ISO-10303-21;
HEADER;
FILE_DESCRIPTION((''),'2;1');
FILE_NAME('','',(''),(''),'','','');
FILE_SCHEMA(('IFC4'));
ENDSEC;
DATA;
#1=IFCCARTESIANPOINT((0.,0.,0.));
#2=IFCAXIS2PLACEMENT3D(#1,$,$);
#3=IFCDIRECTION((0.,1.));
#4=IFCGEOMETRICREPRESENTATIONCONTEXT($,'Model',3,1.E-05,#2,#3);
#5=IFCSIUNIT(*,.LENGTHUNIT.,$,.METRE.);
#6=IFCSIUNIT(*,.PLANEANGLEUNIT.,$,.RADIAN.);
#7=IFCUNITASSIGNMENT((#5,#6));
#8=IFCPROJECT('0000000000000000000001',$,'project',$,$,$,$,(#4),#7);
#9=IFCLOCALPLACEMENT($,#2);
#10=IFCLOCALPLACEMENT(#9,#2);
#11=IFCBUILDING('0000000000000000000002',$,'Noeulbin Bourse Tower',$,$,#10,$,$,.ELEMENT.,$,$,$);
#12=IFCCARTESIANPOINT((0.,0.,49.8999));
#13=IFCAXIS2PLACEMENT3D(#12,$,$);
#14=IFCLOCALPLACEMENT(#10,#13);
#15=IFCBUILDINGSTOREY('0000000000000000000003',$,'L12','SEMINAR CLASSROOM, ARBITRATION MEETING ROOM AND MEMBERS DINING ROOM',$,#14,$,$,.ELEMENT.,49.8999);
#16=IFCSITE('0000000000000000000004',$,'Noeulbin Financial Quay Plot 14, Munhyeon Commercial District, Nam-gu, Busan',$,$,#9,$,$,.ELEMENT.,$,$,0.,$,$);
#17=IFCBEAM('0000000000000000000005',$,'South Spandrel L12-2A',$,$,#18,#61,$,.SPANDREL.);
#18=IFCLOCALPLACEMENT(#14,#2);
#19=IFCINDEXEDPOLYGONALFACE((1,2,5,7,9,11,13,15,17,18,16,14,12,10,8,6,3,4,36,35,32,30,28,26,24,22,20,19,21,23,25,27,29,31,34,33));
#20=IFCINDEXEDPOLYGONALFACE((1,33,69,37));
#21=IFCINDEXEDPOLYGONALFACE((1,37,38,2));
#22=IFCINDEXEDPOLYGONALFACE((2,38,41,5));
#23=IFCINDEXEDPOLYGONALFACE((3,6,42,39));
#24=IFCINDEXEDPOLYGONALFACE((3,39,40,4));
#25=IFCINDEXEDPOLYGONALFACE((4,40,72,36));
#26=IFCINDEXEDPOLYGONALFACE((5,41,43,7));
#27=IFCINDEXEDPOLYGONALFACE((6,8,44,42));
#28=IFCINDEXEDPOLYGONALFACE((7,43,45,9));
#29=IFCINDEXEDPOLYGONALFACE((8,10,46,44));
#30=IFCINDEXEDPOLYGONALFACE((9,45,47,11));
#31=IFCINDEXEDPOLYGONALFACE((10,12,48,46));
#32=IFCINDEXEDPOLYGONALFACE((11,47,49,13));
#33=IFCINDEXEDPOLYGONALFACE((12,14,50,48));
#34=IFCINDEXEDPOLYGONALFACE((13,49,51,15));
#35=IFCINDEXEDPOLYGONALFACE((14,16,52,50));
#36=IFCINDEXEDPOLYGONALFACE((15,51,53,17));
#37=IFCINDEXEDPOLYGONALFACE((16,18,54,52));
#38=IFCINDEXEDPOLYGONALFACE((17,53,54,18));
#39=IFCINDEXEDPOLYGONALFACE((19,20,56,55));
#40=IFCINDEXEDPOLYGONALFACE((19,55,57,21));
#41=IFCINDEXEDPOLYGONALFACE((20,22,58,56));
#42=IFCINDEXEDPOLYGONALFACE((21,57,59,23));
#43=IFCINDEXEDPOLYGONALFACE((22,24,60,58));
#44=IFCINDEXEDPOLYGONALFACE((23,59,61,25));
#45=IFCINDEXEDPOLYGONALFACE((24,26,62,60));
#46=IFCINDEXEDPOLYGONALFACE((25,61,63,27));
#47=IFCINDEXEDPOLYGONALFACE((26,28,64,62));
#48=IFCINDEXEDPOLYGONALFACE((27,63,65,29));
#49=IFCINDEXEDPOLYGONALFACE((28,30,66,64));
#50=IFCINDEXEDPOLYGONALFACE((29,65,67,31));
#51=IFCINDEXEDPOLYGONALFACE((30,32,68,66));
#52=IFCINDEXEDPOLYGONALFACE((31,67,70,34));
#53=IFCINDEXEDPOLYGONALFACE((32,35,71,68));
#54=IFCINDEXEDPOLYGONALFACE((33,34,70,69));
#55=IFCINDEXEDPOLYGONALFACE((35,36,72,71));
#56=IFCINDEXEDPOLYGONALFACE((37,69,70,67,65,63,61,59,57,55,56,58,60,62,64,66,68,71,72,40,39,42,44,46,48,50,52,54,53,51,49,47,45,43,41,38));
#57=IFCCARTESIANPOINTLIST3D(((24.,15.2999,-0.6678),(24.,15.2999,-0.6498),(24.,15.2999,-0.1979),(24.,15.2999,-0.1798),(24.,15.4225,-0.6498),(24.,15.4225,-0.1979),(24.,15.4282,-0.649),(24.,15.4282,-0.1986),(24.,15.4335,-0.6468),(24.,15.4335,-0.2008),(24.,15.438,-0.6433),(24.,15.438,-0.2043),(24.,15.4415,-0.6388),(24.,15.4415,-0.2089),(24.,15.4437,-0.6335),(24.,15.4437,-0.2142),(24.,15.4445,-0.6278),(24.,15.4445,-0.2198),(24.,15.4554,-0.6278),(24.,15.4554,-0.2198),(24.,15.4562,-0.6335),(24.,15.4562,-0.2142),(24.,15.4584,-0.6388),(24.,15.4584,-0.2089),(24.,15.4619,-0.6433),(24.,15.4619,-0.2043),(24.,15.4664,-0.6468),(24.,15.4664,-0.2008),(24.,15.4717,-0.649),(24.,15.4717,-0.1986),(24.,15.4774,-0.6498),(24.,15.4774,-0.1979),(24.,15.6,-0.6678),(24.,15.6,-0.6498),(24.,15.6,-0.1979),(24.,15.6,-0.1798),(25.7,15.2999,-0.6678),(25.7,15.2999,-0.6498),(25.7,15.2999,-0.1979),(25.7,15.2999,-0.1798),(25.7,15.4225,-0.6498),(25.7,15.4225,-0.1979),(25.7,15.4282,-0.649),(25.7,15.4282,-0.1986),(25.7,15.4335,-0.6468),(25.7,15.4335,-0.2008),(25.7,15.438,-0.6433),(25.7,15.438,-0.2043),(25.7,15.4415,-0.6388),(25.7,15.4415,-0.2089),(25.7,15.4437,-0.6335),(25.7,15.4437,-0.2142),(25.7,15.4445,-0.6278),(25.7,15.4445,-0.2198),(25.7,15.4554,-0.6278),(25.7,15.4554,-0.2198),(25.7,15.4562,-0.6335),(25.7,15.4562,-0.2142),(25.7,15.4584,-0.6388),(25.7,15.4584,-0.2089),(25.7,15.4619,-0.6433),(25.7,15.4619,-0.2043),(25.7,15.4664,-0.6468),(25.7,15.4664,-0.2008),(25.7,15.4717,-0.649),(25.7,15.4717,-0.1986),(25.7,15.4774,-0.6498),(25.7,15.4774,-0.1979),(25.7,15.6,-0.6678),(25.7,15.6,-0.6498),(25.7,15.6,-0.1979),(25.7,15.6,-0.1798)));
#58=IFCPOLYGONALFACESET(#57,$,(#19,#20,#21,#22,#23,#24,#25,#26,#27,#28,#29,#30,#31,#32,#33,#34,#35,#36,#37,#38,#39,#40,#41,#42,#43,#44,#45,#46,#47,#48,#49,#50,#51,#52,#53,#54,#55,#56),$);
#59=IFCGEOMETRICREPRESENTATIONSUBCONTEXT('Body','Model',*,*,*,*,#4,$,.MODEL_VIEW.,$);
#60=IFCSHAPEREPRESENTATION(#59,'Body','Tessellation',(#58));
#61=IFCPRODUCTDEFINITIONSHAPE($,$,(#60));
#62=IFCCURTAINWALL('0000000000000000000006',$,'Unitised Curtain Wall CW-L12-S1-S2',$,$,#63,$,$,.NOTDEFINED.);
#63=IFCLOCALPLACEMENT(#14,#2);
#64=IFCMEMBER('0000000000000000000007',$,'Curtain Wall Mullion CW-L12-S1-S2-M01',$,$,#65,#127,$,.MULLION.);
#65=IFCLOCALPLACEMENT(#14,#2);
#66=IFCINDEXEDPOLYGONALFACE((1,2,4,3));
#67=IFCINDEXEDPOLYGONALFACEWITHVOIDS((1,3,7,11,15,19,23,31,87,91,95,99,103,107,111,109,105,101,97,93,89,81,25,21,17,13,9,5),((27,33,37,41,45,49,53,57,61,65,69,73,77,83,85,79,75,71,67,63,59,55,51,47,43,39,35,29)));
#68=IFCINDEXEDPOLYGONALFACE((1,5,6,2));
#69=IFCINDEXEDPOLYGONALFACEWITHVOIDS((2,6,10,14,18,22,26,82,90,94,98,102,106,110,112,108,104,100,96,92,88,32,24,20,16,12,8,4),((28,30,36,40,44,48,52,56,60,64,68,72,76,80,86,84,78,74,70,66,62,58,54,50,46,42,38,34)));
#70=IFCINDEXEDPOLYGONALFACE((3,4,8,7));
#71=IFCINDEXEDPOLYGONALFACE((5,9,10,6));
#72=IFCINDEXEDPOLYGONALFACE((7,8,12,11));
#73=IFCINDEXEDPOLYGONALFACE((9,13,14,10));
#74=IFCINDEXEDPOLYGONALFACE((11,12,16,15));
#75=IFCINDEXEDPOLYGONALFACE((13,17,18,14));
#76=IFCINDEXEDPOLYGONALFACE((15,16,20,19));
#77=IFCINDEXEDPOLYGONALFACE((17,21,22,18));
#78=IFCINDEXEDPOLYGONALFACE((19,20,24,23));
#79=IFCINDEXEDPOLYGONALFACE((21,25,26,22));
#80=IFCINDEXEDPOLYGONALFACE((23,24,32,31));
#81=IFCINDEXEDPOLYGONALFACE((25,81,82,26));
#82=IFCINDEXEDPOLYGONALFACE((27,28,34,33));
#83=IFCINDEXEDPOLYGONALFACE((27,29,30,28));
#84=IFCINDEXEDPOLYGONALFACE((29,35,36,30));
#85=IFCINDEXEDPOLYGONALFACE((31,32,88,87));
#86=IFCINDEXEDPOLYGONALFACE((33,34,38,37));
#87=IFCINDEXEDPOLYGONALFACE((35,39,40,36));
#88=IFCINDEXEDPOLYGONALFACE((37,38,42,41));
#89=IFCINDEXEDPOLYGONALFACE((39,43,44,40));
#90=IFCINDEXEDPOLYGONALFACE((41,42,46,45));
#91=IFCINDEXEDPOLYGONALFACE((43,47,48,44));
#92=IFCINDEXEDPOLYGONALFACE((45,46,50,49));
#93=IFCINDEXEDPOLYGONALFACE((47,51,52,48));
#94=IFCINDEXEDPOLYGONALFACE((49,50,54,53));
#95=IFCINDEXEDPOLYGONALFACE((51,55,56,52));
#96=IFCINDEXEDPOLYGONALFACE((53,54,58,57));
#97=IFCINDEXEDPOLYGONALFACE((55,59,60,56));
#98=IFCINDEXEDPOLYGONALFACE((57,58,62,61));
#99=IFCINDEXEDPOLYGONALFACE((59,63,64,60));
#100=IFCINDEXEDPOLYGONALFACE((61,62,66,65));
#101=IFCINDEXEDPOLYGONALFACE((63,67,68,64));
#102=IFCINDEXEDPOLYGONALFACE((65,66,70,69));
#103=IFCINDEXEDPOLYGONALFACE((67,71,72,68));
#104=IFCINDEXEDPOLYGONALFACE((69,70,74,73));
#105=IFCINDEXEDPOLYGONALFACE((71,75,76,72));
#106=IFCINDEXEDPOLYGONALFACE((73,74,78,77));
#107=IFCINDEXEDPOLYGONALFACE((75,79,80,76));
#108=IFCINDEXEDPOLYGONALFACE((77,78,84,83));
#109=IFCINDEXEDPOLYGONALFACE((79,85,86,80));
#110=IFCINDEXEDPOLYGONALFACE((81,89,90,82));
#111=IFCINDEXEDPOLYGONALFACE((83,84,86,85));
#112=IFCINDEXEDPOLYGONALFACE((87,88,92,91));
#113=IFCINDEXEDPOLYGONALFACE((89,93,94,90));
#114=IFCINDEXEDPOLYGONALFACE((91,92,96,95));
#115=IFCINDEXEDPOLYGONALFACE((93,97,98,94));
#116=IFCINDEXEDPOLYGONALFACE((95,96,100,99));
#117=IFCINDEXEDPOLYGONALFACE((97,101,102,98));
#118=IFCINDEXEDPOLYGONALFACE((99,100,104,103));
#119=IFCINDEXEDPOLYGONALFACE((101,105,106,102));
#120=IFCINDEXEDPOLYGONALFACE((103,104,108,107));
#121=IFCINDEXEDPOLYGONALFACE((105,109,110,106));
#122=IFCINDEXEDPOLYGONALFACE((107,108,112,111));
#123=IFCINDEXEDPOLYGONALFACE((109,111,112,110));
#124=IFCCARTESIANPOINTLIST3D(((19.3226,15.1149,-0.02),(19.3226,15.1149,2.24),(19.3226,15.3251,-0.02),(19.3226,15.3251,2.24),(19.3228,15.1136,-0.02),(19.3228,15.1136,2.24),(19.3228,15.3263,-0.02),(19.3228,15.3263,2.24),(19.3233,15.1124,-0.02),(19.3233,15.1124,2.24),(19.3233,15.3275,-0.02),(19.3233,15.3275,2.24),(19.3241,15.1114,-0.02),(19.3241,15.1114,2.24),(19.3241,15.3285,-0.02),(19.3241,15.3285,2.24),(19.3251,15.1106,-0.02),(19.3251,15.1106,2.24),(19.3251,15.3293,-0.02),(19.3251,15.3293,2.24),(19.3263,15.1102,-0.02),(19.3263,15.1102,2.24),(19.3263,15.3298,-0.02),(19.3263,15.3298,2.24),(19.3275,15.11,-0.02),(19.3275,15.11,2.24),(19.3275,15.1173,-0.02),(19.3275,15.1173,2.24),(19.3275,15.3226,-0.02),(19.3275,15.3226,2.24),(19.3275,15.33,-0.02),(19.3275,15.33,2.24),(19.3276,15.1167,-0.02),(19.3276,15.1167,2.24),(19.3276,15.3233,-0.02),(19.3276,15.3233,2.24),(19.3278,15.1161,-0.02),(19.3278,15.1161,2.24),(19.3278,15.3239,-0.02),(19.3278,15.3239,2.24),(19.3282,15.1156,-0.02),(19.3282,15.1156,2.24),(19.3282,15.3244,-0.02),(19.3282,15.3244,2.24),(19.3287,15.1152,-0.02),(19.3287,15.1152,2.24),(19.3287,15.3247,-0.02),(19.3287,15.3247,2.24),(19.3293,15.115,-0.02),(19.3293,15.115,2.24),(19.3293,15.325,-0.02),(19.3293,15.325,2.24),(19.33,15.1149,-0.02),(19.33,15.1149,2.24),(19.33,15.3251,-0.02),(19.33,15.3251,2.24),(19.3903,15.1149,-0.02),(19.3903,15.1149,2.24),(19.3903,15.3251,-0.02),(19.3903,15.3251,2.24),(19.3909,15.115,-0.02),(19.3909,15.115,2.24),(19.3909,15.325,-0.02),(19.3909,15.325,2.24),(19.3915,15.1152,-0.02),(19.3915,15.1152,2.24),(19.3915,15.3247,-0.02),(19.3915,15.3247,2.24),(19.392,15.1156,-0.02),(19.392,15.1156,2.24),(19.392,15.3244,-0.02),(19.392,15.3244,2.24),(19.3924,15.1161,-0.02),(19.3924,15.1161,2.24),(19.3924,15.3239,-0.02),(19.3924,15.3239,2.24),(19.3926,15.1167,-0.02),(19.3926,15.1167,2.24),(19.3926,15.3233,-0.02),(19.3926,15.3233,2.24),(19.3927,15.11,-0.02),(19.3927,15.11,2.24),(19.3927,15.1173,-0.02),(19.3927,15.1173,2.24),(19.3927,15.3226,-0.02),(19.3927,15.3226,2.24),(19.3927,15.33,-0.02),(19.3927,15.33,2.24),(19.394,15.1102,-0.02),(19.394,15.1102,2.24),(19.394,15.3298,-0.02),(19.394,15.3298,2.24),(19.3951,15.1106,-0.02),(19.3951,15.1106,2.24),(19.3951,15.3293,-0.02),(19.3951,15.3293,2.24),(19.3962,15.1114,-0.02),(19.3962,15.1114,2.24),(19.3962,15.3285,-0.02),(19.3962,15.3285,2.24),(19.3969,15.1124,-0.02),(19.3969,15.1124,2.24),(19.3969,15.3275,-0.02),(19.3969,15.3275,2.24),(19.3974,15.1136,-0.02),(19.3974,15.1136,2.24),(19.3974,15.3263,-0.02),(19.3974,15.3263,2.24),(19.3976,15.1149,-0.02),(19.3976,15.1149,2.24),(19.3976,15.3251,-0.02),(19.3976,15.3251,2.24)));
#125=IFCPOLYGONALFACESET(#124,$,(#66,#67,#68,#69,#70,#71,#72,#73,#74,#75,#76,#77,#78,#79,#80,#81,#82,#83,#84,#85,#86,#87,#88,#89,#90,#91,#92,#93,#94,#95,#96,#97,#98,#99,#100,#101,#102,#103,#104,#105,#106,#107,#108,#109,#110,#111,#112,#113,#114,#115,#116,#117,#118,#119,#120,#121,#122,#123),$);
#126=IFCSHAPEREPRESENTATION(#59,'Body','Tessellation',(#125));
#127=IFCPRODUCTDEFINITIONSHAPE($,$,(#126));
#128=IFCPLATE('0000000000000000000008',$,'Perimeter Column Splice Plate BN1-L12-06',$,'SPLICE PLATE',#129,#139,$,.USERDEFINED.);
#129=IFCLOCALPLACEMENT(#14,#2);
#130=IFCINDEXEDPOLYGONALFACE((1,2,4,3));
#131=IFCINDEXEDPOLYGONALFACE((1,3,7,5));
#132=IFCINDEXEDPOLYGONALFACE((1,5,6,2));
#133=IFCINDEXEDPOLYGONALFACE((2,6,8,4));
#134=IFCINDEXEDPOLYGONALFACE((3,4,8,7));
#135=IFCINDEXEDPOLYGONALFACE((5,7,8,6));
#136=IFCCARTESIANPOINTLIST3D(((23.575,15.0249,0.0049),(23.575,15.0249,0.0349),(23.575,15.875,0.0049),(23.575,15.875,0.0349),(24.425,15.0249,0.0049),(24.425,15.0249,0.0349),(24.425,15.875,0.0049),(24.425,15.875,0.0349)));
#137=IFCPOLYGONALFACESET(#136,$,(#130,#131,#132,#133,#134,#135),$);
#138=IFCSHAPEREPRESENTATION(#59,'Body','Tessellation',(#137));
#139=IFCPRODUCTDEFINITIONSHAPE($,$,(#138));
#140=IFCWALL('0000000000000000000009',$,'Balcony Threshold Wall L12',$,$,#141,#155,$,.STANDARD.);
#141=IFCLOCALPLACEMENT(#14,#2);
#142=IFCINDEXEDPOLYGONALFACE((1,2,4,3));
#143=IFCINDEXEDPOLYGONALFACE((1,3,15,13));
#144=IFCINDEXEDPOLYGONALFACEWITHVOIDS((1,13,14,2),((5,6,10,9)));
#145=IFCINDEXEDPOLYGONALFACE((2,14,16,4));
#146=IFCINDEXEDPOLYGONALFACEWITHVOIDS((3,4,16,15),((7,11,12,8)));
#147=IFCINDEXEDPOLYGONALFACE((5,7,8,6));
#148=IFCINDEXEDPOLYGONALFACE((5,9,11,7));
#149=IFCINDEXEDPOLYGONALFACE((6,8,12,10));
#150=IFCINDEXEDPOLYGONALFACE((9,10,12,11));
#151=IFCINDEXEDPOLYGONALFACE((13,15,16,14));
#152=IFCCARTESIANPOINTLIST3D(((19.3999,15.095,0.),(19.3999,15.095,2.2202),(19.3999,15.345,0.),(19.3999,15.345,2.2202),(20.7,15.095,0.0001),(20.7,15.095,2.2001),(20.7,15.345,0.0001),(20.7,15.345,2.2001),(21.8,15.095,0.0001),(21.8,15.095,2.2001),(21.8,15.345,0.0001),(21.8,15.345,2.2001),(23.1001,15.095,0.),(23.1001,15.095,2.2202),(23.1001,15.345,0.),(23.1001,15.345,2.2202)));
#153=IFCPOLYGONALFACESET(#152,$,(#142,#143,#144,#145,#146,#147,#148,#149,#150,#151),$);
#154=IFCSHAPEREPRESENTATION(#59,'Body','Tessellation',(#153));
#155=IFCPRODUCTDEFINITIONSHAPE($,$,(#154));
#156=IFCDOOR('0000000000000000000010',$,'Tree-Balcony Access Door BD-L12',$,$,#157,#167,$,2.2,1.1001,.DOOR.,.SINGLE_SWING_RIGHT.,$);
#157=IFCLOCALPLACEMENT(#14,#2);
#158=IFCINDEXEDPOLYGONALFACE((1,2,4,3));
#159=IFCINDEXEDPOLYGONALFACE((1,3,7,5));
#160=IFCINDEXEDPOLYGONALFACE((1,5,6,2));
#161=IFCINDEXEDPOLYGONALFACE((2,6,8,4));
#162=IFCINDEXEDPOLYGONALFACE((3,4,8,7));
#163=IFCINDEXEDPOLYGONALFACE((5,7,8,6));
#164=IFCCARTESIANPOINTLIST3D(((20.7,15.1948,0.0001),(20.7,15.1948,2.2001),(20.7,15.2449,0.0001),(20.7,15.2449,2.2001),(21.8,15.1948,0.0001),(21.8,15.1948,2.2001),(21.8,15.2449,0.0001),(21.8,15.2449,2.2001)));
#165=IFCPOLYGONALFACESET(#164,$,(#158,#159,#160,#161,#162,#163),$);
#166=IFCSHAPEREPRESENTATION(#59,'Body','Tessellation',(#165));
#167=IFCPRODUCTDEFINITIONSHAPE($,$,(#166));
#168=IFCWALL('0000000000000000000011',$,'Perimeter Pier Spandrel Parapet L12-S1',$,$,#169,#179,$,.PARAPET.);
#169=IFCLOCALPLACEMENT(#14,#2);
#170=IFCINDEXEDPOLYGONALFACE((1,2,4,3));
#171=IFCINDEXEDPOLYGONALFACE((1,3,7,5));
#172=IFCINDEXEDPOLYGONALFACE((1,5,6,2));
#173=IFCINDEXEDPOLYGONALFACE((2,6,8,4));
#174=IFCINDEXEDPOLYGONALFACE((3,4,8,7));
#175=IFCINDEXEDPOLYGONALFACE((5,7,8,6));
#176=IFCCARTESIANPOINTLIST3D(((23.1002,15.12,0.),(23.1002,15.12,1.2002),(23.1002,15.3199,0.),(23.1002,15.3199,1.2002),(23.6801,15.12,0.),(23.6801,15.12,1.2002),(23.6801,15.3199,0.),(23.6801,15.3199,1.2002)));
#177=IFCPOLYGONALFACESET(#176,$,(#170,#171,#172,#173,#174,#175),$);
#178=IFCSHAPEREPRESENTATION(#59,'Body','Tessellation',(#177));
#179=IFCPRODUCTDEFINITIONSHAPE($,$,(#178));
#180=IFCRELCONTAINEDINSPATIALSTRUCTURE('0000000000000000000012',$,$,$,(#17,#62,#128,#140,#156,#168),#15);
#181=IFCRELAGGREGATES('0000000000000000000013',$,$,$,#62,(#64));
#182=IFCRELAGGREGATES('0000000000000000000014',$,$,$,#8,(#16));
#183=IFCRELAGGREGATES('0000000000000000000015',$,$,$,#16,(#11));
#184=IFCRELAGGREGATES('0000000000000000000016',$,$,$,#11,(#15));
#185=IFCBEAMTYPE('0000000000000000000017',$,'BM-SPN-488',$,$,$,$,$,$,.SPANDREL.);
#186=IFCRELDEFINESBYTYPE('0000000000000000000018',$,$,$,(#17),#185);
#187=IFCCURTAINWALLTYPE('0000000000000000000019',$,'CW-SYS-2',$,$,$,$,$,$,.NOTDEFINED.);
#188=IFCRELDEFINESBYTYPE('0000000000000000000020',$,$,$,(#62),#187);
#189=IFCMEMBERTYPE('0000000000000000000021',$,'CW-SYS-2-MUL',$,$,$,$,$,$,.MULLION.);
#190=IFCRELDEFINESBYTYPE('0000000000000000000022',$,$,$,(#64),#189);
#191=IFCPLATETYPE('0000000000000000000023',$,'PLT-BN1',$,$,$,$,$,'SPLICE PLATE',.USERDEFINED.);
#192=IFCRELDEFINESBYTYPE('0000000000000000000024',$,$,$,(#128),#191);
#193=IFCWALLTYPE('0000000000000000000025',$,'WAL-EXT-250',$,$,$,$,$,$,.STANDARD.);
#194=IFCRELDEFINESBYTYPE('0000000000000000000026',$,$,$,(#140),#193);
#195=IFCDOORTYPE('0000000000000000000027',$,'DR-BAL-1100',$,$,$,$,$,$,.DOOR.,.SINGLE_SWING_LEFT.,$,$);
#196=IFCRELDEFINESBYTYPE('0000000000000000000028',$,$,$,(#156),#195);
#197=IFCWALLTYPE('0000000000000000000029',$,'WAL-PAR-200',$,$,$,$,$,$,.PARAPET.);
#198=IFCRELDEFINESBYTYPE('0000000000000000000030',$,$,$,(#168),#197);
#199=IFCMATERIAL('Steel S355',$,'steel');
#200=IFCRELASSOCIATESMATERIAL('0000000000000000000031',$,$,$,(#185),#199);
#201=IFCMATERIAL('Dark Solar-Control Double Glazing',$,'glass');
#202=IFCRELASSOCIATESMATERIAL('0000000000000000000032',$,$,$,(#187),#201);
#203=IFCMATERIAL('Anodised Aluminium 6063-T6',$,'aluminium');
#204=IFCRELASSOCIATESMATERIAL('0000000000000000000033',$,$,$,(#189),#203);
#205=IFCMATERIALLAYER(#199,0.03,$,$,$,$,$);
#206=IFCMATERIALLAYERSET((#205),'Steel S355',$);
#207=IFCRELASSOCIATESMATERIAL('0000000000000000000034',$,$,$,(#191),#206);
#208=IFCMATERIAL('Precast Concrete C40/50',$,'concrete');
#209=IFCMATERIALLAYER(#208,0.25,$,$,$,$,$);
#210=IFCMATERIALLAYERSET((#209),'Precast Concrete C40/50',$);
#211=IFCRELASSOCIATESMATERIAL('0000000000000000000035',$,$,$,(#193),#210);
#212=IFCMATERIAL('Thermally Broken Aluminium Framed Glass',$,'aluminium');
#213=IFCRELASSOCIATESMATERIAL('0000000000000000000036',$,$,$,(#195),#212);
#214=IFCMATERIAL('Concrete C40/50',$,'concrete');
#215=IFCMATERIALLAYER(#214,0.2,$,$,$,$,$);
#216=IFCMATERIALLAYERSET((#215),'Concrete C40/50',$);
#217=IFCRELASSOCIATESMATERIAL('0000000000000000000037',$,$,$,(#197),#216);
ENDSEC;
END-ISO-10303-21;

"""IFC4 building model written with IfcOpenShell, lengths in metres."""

from ifc_helpers import new_model, si_unit, direction, frame, frame_2d, origin, origin_2d, place, context, subcontext, project, spatial, rectangle, hollow_rectangle, i_section, extrude, material, layer, layer_set, material_profile, profile_set, type_object, element, fill, aggregate, save


model = new_model("IFC4")

# Units and contexts
model_context = context("Model", 3, precision=1e-05, world=origin(), true_north=direction((0.0, 1.0)))
body_context = subcontext(model_context, "Body", "Model", "MODEL_VIEW")
ifc_project = project(units=[si_unit("LENGTHUNIT", "METRE"), si_unit("PLANEANGLEUNIT", "RADIAN")], contexts=[model_context])

# Site, building, storey
site_placement = place(None, origin())
site = spatial("IfcSite", under=ifc_project, at=site_placement, Name="Noeulbin Financial Quay Plot 14, Munhyeon Commercial District, Nam-gu, Busan", CompositionType="ELEMENT", RefElevation=0.0)
building_placement = place(site_placement, origin())
building = spatial("IfcBuilding", under=site, at=building_placement, Name="Noeulbin Bourse Tower", CompositionType="ELEMENT")
storey_placement = place(building_placement, frame((0.0, 0.0, 49.8999)))
storey = spatial("IfcBuildingStorey", under=building, at=storey_placement, Name="L12", Description="SEMINAR CLASSROOM, ARBITRATION MEETING ROOM AND MEMBERS DINING ROOM", CompositionType="ELEMENT", Elevation=49.8999)

# Beam
ifc_material_1 = material(Name="Steel S355", Category="steel")
ifc_material_profile_1 = material_profile(ifc_material_1, i_section(OverallWidth=0.3, OverallDepth=0.488, WebThickness=0.011, FlangeThickness=0.0181, FilletRadius=0.022, at=origin_2d()), Name="H-488x300x11x18", Category="LoadBearing")
ifc_profile_set_1 = profile_set([ifc_material_profile_1], Name="Steel S355")
beam_type_1 = type_object("IfcBeamType", Name="BM-SPN-488", PredefinedType="SPANDREL", material=ifc_profile_set_1)
beam_1_placement = place(storey_placement, frame((24.0, 15.45, -0.4238), z_axis=(1.0, 0.0, 0.0), x_axis=(0.0, 1.0, 0.0)))
element("IfcBeam", 1, at=beam_1_placement, inside=storey, type_object=beam_type_1, Name="South Spandrel L12-2A", PredefinedType="SPANDREL", context=body_context, shape_type="SweptSolid", body=[
    extrude(i_section(OverallWidth=0.3, OverallDepth=0.488, WebThickness=0.011, FlangeThickness=0.0181, FilletRadius=0.022, at=origin_2d()), origin(), (0.0, 0.0, 1.0), 1.7),
])

# Curtain wall, member
ifc_material_2 = material(Name="Dark Solar-Control Double Glazing", Category="glass")
curtain_wall_type = type_object("IfcCurtainWallType", Name="CW-SYS-2", PredefinedType="NOTDEFINED", material=ifc_material_2)
curtain_wall_placement = place(storey_placement, origin())
curtain_wall = element("IfcCurtainWall", 2, at=curtain_wall_placement, inside=storey, type_object=curtain_wall_type, Name="Unitised Curtain Wall CW-L12-S1-S2", PredefinedType="NOTDEFINED")
ifc_material_3 = material(Name="Anodised Aluminium 6063-T6", Category="aluminium")
ifc_material_profile_2 = material_profile(ifc_material_3, hollow_rectangle(XDim=0.075, YDim=0.22, WallThickness=0.0049, InnerFilletRadius=0.0024, OuterFilletRadius=0.0049, at=origin_2d()), Name="ALU-MULL-75x220x5", Category="LoadBearing")
ifc_profile_set_2 = profile_set([ifc_material_profile_2], Name="Anodised Aluminium 6063-T6")
member_type = type_object("IfcMemberType", Name="CW-SYS-2-MUL", PredefinedType="MULLION", material=ifc_profile_set_2)
member_placement = place(storey_placement, frame((19.3601, 15.22, -0.02), z_axis=(0.0, 0.0, 1.0), x_axis=(1.0, 0.0, 0.0)))
member = element("IfcMember", 3, at=member_placement, type_object=member_type, Name="Curtain Wall Mullion CW-L12-S1-S2-M01", PredefinedType="MULLION", context=body_context, shape_type="SweptSolid", body=[
    extrude(hollow_rectangle(XDim=0.075, YDim=0.22, WallThickness=0.0049, InnerFilletRadius=0.0024, OuterFilletRadius=0.0049, at=origin_2d()), origin(), (0.0, 0.0, 1.0), 2.26),
])
aggregate(curtain_wall, [member])

# Plate
ifc_layer_1 = layer(ifc_material_1, 0.03)
ifc_layer_set_1 = layer_set([ifc_layer_1], Name="Steel S355")
plate_type = type_object("IfcPlateType", Name="PLT-BN1", ElementType="SPLICE PLATE", PredefinedType="USERDEFINED", material=ifc_layer_set_1)
plate_placement = place(storey_placement, frame((24.0, 15.45, 0.0049), z_axis=(0.0, 0.0, 1.0), x_axis=(1.0, 0.0, 0.0)))
element("IfcPlate", 4, at=plate_placement, inside=storey, type_object=plate_type, Name="Perimeter Column Splice Plate BN1-L12-06", ObjectType="SPLICE PLATE", PredefinedType="USERDEFINED", context=body_context, shape_type="SweptSolid", body=[
    extrude(rectangle(XDim=0.8501, YDim=0.8501, at=origin_2d()), origin(), (0.0, 0.0, 1.0), 0.03),
])

# Wall, opening, door
ifc_material_4 = material(Name="Precast Concrete C40/50", Category="concrete")
ifc_layer_2 = layer(ifc_material_4, 0.25)
ifc_layer_set_2 = layer_set([ifc_layer_2], Name="Precast Concrete C40/50")
wall_type_1 = type_object("IfcWallType", Name="WAL-EXT-250", PredefinedType="STANDARD", material=ifc_layer_set_2)
wall_1_placement = place(storey_placement, frame((19.3999, 15.22, 0.0), z_axis=(0.0, 0.0, 1.0), x_axis=(1.0, 0.0, 0.0)))
wall_1 = element("IfcWall", 5, at=wall_1_placement, inside=storey, type_object=wall_type_1, Name="Balcony Threshold Wall L12", PredefinedType="STANDARD", context=body_context, shape_type="SweptSolid", body=[
    extrude(rectangle(XDim=3.7002, YDim=0.25, at=frame_2d((1.8501, 0.0))), origin(), (0.0, 0.0, 1.0), 2.2202),
])
opening_placement = place(wall_1_placement, frame((1.3, 0.0, 0.0)))
opening = element("IfcOpeningElement", 6, at=opening_placement, cuts=wall_1, PredefinedType="OPENING", context=body_context, shape_type="SweptSolid", body=[
    extrude(rectangle(XDim=1.1001, YDim=2.2, at=frame_2d((0.55, 1.1001))), frame((0.0, 0.135, 0.0), z_axis=(0.0, -1.0, 0.0), x_axis=(1.0, 0.0, 0.0)), (0.0, 0.0, 1.0), 0.27),
])
ifc_material_5 = material(Name="Thermally Broken Aluminium Framed Glass", Category="aluminium")
door_type = type_object("IfcDoorType", Name="DR-BAL-1100", OperationType="SINGLE_SWING_LEFT", PredefinedType="DOOR", material=ifc_material_5)
door_placement = place(opening_placement, origin())
door = element("IfcDoor", 7, at=door_placement, inside=storey, type_object=door_type, Name="Tree-Balcony Access Door BD-L12", OperationType="SINGLE_SWING_RIGHT", OverallHeight=2.2, OverallWidth=1.1001, PredefinedType="DOOR", context=body_context, shape_type="SweptSolid", body=[
    extrude(rectangle(XDim=1.1001, YDim=2.2, at=frame_2d((0.55, 1.1001))), frame((0.0, 0.0249, 0.0), z_axis=(0.0, -1.0, 0.0), x_axis=(1.0, 0.0, 0.0)), (0.0, 0.0, 1.0), 0.05),
])
fill(opening, door)

# Wall
ifc_material_6 = material(Name="Concrete C40/50", Category="concrete")
ifc_layer_3 = layer(ifc_material_6, 0.2)
ifc_layer_set_3 = layer_set([ifc_layer_3], Name="Concrete C40/50")
wall_type_2 = type_object("IfcWallType", Name="WAL-PAR-200", PredefinedType="PARAPET", material=ifc_layer_set_3)
wall_2_placement = place(storey_placement, frame((23.1001, 15.22, 0.0), z_axis=(0.0, 0.0, 1.0), x_axis=(1.0, 0.0, 0.0)))
element("IfcWall", 8, at=wall_2_placement, inside=storey, type_object=wall_type_2, Name="Perimeter Pier Spandrel Parapet L12-S1", PredefinedType="PARAPET", context=body_context, shape_type="SweptSolid", body=[
    extrude(rectangle(XDim=0.5798, YDim=0.2, at=frame_2d((0.29, 0.0))), origin(), (0.0, 0.0, 1.0), 1.2002),
])

save(model, "model.ifc")
